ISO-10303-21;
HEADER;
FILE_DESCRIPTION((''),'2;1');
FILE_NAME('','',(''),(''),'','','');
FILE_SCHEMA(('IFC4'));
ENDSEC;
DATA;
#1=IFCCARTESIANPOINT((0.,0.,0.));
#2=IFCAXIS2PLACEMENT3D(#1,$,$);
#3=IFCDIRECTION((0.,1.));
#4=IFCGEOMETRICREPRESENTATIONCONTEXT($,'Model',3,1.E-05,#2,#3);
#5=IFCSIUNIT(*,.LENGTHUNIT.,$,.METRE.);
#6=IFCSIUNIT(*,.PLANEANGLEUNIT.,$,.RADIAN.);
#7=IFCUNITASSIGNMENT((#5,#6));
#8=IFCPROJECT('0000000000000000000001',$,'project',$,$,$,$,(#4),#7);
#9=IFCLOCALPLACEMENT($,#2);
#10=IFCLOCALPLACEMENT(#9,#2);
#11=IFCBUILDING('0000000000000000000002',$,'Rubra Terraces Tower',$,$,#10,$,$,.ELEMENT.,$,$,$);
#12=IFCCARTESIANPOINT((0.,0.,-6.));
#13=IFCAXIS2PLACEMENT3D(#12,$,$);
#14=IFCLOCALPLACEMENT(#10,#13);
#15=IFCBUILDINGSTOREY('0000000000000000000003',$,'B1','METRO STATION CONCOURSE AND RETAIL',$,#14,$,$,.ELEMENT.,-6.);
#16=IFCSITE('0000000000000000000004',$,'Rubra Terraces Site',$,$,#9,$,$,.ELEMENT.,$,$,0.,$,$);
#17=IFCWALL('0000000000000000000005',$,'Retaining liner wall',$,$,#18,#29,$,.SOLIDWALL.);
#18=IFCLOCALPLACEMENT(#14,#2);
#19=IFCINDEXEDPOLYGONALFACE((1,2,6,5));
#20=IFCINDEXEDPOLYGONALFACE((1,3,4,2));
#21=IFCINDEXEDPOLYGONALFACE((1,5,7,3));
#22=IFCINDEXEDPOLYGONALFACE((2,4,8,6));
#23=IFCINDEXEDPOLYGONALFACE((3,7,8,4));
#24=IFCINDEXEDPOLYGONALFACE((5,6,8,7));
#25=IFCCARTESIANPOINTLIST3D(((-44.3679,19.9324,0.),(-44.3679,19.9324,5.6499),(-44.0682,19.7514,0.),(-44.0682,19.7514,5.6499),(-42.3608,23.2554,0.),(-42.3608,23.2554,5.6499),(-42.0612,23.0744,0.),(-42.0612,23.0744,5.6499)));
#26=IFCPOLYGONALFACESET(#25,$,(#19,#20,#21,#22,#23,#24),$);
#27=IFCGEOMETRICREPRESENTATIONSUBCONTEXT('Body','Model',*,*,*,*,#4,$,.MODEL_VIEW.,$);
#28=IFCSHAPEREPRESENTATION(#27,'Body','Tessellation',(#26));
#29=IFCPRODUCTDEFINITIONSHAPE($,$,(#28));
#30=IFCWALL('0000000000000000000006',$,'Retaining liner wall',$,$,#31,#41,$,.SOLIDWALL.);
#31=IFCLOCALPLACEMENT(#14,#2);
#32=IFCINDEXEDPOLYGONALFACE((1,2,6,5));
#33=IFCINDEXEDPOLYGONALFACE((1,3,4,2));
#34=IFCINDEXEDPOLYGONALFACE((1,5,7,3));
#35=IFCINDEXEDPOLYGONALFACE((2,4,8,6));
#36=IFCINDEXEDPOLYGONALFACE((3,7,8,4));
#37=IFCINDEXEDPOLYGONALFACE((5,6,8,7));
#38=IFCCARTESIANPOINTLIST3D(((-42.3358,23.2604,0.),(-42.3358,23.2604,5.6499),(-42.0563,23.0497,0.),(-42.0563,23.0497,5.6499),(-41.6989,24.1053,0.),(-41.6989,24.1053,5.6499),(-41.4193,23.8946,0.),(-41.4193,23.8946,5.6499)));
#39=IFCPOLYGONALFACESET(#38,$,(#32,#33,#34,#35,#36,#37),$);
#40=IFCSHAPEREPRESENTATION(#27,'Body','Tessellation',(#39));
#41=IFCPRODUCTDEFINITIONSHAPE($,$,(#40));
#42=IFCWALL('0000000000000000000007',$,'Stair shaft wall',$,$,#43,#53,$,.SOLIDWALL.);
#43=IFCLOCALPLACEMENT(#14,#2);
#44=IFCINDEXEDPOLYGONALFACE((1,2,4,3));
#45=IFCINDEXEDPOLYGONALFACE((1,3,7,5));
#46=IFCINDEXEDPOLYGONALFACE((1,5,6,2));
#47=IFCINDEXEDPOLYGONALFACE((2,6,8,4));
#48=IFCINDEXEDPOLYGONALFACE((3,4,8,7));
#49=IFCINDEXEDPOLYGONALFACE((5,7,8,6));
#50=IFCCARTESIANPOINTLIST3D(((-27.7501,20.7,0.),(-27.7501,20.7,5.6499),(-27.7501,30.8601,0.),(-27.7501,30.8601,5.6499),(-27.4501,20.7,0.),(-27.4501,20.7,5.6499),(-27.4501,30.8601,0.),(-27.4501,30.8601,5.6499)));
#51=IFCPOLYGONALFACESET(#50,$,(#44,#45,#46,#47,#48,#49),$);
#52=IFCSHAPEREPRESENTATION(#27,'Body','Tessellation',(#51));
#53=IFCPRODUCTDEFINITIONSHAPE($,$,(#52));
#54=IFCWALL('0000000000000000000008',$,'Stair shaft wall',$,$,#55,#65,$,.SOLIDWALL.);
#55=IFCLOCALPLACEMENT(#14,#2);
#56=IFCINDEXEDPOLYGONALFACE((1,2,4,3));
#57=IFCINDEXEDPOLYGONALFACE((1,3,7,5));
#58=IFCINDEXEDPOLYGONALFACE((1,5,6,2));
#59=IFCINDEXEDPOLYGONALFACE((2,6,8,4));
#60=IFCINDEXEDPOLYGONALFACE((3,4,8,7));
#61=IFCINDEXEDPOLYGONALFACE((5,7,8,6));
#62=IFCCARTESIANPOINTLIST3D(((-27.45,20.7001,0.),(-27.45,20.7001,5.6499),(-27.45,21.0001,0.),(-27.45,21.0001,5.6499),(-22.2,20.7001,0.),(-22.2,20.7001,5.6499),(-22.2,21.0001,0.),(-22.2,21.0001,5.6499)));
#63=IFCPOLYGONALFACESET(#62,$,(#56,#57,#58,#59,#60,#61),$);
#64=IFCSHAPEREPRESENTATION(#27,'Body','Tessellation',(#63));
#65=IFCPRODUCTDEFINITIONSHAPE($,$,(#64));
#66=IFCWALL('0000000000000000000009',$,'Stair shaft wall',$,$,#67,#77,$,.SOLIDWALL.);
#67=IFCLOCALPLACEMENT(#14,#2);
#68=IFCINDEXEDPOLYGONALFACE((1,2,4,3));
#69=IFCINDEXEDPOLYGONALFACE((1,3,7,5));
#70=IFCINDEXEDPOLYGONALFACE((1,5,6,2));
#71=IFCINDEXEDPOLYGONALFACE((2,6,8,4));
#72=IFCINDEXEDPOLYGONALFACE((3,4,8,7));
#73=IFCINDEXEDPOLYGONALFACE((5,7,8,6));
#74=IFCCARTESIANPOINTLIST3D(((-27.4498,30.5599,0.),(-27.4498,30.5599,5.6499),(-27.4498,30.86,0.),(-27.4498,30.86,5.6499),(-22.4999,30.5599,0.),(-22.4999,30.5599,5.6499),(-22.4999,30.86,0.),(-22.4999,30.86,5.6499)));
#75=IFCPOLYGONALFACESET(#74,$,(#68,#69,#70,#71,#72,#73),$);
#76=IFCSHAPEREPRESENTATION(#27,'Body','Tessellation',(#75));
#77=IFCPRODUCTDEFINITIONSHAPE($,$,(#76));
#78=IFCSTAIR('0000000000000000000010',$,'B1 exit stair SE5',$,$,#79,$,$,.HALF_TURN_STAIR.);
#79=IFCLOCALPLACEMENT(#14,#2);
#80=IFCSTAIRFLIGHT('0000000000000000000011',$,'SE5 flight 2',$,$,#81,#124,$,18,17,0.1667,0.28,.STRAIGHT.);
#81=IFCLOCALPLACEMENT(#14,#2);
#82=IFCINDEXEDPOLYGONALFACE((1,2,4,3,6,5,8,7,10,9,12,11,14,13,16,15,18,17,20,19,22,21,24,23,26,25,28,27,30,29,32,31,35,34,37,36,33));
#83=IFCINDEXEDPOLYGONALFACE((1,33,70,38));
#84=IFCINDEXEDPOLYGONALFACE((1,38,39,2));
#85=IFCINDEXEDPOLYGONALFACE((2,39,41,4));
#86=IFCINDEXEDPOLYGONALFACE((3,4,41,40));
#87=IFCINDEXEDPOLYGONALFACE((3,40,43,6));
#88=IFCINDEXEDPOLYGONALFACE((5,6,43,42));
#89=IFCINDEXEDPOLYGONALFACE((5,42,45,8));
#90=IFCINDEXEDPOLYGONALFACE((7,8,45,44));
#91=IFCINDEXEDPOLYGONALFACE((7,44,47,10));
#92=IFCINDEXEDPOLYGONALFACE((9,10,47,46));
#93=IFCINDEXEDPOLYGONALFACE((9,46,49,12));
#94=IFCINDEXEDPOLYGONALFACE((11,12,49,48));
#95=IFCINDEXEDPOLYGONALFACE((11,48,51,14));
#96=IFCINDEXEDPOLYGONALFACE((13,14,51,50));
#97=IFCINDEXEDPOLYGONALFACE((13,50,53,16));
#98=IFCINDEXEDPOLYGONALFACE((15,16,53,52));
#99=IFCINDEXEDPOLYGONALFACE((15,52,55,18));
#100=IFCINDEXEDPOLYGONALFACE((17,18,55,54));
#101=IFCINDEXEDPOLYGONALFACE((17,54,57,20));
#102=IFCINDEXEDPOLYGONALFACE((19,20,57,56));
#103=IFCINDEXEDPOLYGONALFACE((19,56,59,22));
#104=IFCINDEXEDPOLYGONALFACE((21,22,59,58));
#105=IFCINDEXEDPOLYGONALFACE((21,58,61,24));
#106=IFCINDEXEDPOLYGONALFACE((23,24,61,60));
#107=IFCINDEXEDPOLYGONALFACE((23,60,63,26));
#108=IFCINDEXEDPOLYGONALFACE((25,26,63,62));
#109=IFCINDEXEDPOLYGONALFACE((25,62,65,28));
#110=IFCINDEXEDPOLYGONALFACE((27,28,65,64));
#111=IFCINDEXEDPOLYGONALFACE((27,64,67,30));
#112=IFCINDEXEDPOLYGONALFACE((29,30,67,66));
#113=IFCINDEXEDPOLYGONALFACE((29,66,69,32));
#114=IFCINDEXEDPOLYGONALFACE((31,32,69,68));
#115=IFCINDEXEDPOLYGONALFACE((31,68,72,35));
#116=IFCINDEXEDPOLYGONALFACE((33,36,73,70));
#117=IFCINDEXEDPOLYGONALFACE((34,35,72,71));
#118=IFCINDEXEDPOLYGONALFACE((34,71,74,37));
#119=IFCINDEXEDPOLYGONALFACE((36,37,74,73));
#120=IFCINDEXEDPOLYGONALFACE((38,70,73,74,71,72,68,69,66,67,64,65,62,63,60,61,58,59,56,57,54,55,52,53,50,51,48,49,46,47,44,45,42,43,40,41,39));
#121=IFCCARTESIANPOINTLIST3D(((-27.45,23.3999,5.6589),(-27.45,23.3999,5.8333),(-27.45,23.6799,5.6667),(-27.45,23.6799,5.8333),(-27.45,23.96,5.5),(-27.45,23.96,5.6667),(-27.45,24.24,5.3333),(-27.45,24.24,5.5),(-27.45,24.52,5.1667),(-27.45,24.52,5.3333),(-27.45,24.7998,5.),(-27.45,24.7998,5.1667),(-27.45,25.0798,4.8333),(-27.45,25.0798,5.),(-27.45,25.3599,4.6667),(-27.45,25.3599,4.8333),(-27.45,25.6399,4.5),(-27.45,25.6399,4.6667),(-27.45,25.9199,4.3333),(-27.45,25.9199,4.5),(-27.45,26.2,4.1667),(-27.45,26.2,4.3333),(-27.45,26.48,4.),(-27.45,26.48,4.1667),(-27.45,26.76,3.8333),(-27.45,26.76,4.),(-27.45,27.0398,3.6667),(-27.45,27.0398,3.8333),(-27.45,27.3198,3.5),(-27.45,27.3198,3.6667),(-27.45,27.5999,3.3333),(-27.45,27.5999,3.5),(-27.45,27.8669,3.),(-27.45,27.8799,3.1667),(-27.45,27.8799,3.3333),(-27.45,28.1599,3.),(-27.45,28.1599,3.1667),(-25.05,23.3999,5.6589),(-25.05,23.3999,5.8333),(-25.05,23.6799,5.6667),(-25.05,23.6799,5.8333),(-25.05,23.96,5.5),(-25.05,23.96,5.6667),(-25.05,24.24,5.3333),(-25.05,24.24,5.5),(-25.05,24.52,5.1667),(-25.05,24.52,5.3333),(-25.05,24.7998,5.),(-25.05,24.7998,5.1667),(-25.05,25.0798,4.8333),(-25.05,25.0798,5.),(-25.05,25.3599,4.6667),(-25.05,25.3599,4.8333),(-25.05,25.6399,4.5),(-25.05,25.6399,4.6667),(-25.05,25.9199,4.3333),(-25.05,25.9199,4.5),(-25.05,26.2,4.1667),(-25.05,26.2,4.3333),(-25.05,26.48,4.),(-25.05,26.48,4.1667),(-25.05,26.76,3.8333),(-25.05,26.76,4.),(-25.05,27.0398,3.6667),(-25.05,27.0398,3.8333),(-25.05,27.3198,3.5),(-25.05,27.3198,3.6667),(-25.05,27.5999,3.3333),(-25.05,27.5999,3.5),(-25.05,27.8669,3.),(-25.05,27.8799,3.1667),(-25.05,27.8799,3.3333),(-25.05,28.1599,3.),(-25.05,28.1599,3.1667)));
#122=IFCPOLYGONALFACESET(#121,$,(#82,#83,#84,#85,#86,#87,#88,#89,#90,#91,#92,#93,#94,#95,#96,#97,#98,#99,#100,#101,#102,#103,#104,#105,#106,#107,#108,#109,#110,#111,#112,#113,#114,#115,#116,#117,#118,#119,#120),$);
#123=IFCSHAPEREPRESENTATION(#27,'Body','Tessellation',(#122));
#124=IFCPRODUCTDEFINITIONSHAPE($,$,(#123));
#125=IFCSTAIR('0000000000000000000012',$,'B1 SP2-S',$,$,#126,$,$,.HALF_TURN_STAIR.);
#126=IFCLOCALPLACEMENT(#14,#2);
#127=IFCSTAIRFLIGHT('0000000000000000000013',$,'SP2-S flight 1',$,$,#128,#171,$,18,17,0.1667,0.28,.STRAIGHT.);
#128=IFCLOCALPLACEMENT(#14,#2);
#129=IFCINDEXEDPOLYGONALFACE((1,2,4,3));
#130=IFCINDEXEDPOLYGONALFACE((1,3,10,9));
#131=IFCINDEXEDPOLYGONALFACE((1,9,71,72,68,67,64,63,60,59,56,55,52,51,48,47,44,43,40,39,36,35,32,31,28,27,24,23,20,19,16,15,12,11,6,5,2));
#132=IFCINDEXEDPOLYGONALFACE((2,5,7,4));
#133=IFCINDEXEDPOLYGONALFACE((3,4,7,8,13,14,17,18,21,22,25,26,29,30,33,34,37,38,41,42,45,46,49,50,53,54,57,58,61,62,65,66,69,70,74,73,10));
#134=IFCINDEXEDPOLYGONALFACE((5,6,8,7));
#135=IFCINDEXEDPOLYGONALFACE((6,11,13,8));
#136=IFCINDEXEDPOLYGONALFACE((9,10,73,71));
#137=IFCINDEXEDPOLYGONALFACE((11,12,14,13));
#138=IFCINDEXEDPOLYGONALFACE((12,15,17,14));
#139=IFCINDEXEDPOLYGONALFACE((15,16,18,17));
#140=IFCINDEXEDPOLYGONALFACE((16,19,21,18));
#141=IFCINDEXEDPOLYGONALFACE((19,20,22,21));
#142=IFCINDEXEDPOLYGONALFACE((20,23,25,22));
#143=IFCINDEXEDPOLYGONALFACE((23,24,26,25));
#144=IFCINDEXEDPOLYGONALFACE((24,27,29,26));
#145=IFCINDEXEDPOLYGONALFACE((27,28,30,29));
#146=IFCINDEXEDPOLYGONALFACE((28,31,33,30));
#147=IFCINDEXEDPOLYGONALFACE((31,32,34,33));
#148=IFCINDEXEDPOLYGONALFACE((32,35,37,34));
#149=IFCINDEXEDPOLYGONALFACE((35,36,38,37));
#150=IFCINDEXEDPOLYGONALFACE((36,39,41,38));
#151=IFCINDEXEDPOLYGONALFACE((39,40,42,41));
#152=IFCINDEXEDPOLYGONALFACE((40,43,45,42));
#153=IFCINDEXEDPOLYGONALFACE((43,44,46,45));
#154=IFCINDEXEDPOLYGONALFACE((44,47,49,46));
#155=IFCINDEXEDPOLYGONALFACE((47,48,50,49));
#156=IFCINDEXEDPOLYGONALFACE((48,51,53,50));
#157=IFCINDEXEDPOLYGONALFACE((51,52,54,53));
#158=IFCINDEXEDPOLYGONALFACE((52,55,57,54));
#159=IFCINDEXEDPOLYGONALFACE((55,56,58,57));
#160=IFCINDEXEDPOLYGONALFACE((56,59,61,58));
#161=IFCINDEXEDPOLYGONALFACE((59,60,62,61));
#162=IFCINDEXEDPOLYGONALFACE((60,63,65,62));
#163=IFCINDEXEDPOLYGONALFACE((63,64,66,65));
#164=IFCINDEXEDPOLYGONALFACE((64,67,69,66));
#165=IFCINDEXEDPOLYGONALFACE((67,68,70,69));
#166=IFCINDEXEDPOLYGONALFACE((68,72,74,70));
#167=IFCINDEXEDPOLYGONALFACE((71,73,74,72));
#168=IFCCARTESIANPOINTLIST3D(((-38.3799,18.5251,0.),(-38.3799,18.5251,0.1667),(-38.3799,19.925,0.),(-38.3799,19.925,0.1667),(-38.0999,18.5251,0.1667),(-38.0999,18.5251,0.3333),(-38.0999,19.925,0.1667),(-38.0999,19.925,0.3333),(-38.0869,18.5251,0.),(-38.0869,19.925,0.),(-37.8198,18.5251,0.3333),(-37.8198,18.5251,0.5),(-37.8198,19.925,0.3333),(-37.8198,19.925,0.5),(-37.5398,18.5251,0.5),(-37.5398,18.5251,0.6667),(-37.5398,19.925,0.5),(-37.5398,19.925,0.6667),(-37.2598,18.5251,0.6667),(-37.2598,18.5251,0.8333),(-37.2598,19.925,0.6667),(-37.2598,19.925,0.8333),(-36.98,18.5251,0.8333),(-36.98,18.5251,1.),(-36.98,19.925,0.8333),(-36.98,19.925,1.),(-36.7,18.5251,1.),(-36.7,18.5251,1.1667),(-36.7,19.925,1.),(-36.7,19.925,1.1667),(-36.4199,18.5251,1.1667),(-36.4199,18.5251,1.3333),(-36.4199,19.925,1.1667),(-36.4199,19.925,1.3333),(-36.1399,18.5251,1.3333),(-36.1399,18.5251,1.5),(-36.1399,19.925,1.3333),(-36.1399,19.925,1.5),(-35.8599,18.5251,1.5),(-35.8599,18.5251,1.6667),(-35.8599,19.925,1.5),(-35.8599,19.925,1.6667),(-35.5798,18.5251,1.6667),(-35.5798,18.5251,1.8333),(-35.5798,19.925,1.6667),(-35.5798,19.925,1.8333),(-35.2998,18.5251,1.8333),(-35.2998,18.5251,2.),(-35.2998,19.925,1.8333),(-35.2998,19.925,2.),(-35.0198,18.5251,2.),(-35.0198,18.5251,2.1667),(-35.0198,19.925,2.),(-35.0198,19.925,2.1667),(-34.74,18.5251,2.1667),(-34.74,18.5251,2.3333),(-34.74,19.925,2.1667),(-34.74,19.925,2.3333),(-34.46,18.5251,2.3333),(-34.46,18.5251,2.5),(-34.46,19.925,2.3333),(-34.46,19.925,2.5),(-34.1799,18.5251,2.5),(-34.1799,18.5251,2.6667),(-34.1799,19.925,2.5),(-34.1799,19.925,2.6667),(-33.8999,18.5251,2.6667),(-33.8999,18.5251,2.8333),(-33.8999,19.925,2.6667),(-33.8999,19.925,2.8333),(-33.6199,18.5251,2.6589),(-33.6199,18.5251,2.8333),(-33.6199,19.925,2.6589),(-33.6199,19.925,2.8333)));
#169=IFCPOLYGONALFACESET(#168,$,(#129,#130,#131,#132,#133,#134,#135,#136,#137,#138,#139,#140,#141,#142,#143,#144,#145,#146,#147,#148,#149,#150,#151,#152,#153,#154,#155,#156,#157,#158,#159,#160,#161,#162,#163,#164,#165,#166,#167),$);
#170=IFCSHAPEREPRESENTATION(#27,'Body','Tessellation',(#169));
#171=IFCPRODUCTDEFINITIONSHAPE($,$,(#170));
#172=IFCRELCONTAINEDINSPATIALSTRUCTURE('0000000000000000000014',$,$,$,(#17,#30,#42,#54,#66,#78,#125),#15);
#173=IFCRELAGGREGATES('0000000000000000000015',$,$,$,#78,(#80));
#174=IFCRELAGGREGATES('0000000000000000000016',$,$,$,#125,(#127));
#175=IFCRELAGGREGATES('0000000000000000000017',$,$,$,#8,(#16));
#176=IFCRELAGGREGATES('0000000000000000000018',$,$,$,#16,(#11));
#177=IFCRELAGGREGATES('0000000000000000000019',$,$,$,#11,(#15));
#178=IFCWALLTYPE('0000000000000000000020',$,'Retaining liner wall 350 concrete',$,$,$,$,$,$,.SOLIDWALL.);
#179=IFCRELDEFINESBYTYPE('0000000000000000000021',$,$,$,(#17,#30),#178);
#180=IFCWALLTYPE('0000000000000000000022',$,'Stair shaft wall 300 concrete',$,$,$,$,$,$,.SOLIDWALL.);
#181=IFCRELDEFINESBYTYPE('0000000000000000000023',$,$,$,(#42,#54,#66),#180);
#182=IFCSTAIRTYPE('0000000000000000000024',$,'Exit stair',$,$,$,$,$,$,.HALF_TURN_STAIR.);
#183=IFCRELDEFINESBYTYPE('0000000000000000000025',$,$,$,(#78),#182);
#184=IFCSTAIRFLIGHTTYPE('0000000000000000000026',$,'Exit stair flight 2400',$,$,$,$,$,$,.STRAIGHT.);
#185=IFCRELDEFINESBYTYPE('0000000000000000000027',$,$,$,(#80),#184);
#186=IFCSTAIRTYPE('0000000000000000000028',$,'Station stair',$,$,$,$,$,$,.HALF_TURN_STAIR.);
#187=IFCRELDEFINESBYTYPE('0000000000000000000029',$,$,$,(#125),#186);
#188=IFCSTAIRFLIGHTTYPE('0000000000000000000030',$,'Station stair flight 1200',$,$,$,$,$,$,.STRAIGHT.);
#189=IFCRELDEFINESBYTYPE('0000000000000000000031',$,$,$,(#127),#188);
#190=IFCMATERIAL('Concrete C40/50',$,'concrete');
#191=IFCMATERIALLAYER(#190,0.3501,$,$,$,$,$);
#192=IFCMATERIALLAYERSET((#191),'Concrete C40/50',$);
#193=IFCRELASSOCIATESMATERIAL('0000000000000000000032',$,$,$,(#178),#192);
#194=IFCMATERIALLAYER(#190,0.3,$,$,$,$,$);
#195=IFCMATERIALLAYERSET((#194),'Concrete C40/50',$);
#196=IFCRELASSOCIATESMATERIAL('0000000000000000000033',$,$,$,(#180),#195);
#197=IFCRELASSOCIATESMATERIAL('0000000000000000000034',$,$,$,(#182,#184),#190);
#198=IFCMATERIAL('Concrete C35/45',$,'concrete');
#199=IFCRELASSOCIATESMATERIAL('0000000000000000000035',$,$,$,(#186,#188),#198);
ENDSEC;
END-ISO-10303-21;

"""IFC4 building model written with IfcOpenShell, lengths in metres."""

from ifc_helpers import new_model, si_unit, direction, frame, frame_2d, origin, place, context, subcontext, project, spatial, polyline, rectangle, outline, extrude, material, layer, layer_set, type_object, element, aggregate, save


model = new_model("IFC4")

# Units and contexts
model_context = context("Model", 3, precision=1e-05, world=origin(), true_north=direction((0.0, 1.0)))
body_context = subcontext(model_context, "Body", "Model", "MODEL_VIEW")
ifc_project = project(units=[si_unit("LENGTHUNIT", "METRE"), si_unit("PLANEANGLEUNIT", "RADIAN")], contexts=[model_context])

# Site, building, storey
site_placement = place(None, origin())
site = spatial("IfcSite", under=ifc_project, at=site_placement, Name="Rubra Terraces Site", CompositionType="ELEMENT", RefElevation=0.0)
building_placement = place(site_placement, origin())
building = spatial("IfcBuilding", under=site, at=building_placement, Name="Rubra Terraces Tower", CompositionType="ELEMENT")
storey_placement = place(building_placement, frame((0.0, 0.0, -6.0)))
storey = spatial("IfcBuildingStorey", under=building, at=storey_placement, Name="B1", Description="METRO STATION CONCOURSE AND RETAIL", CompositionType="ELEMENT", Elevation=-6.0)

# Shared definitions
ifc_material_1 = material(Name="Concrete C40/50", Category="concrete")

# Walls
ifc_layer_1 = layer(ifc_material_1, 0.3501)
ifc_layer_set_1 = layer_set([ifc_layer_1], Name="Concrete C40/50")
wall_type_1 = type_object("IfcWallType", Name="Retaining liner wall 350 concrete", PredefinedType="SOLIDWALL", material=ifc_layer_set_1)
wall_1_placement = place(storey_placement, frame((-44.218, 19.842, 0.0), z_axis=(0.0, 0.0, 1.0), x_axis=(0.517009, 0.85598, 0.0)))
element("IfcWall", 1, at=wall_1_placement, inside=storey, type_object=wall_type_1, Name="Retaining liner wall", PredefinedType="SOLIDWALL", context=body_context, shape_type="SweptSolid", body=[
    extrude(rectangle(XDim=3.8821, YDim=0.3501, at=frame_2d((1.9409, 0.0))), origin(), (0.0, 0.0, 1.0), 5.6499),
])
wall_2_placement = place(storey_placement, frame((-42.196, 23.155, 0.0), z_axis=(0.0, 0.0, 1.0), x_axis=(0.601955, 0.79853, 0.0)))
element("IfcWall", 2, at=wall_2_placement, inside=storey, type_object=wall_type_1, Name="Retaining liner wall", PredefinedType="SOLIDWALL", context=body_context, shape_type="SweptSolid", body=[
    extrude(rectangle(XDim=1.0581, YDim=0.3501, at=frame_2d((0.5291, 0.0))), origin(), (0.0, 0.0, 1.0), 5.6499),
])
ifc_layer_2 = layer(ifc_material_1, 0.3)
ifc_layer_set_2 = layer_set([ifc_layer_2], Name="Concrete C40/50")
wall_type_2 = type_object("IfcWallType", Name="Stair shaft wall 300 concrete", PredefinedType="SOLIDWALL", material=ifc_layer_set_2)
wall_3_placement = place(storey_placement, frame((-27.6001, 30.8601, 0.0), z_axis=(0.0, 0.0, 1.0), x_axis=(0.0, -1.0, 0.0)))
element("IfcWall", 3, at=wall_3_placement, inside=storey, type_object=wall_type_2, Name="Stair shaft wall", PredefinedType="SOLIDWALL", context=body_context, shape_type="SweptSolid", body=[
    extrude(rectangle(XDim=10.1602, YDim=0.3, at=frame_2d((5.0801, 0.0))), origin(), (0.0, 0.0, 1.0), 5.6499),
])
wall_4_placement = place(storey_placement, frame((-27.45, 20.8501, 0.0), z_axis=(0.0, 0.0, 1.0), x_axis=(1.0, 0.0, 0.0)))
element("IfcWall", 4, at=wall_4_placement, inside=storey, type_object=wall_type_2, Name="Stair shaft wall", PredefinedType="SOLIDWALL", context=body_context, shape_type="SweptSolid", body=[
    extrude(rectangle(XDim=5.25, YDim=0.3, at=frame_2d((2.625, 0.0))), origin(), (0.0, 0.0, 1.0), 5.6499),
])
wall_5_placement = place(storey_placement, frame((-27.45, 30.71, 0.0), z_axis=(0.0, 0.0, 1.0), x_axis=(1.0, 0.0, 0.0)))
element("IfcWall", 5, at=wall_5_placement, inside=storey, type_object=wall_type_2, Name="Stair shaft wall", PredefinedType="SOLIDWALL", context=body_context, shape_type="SweptSolid", body=[
    extrude(rectangle(XDim=4.95, YDim=0.3, at=frame_2d((2.4751, 0.0))), origin(), (0.0, 0.0, 1.0), 5.6499),
])

# Stair, stair flight
stair_type_1 = type_object("IfcStairType", Name="Exit stair", PredefinedType="HALF_TURN_STAIR", material=ifc_material_1)
stair_1_placement = place(storey_placement, origin())
stair_1 = element("IfcStair", 6, at=stair_1_placement, inside=storey, type_object=stair_type_1, Name="B1 exit stair SE5", PredefinedType="HALF_TURN_STAIR")
stair_flight_type_1 = type_object("IfcStairFlightType", Name="Exit stair flight 2400", PredefinedType="STRAIGHT", material=ifc_material_1)
stair_flight_1_placement = place(storey_placement, frame((-26.25, 28.1599, 3.0), z_axis=(0.0, 0.0, 1.0), x_axis=(0.0, -1.0, 0.0)))
stair_flight_1 = element("IfcStairFlight", 7, at=stair_flight_1_placement, type_object=stair_flight_type_1, Name="SE5 flight 2", NumberOfRisers=18, NumberOfTreads=17, PredefinedType="STRAIGHT", RiserHeight=0.1667, TreadLength=0.28, context=body_context, shape_type="SweptSolid", body=[
    extrude(outline(polyline([(0.0, 0.0), (0.0, 0.1667), (0.28, 0.1667), (0.28, 0.3333), (0.5601, 0.3333), (0.5601, 0.5), (0.8401, 0.5), (0.8401, 0.6667), (1.1201, 0.6667), (1.1201, 0.8333), (1.3999, 0.8333), (1.3999, 1.0), (1.6799, 1.0), (1.6799, 1.1667), (1.96, 1.1667), (1.96, 1.3333), (2.24, 1.3333), (2.24, 1.5), (2.52, 1.5), (2.52, 1.6667), (2.8, 1.6667), (2.8, 1.8333), (3.0801, 1.8333), (3.0801, 2.0), (3.3601, 2.0), (3.3601, 2.1667), (3.6399, 2.1667), (3.6399, 2.3333), (3.9199, 2.3333), (3.9199, 2.5), (4.2, 2.5), (4.2, 2.6667), (4.48, 2.6667), (4.48, 2.8333), (4.76, 2.8333), (4.76, 3.0), (4.76, 2.6589), (0.293, 0.0), (0.0, 0.0)])), frame((0.0, 1.2, 0.0), z_axis=(0.0, -1.0, 0.0), x_axis=(1.0, 0.0, 0.0)), (0.0, 0.0, 1.0), 2.3999),
])
aggregate(stair_1, [stair_flight_1])

# Stair, stair flight
ifc_material_2 = material(Name="Concrete C35/45", Category="concrete")
stair_type_2 = type_object("IfcStairType", Name="Station stair", PredefinedType="HALF_TURN_STAIR", material=ifc_material_2)
stair_2_placement = place(storey_placement, origin())
stair_2 = element("IfcStair", 8, at=stair_2_placement, inside=storey, type_object=stair_type_2, Name="B1 SP2-S", PredefinedType="HALF_TURN_STAIR")
stair_flight_type_2 = type_object("IfcStairFlightType", Name="Station stair flight 1200", PredefinedType="STRAIGHT", material=ifc_material_2)
stair_flight_2_placement = place(storey_placement, frame((-38.3799, 19.2251, 0.0), z_axis=(0.0, 0.0, 1.0), x_axis=(1.0, 0.0, 0.0)))
stair_flight_2 = element("IfcStairFlight", 9, at=stair_flight_2_placement, type_object=stair_flight_type_2, Name="SP2-S flight 1", NumberOfRisers=18, NumberOfTreads=17, PredefinedType="STRAIGHT", RiserHeight=0.1667, TreadLength=0.28, context=body_context, shape_type="SweptSolid", body=[
    extrude(outline(polyline([(0.0, 0.0), (0.0, 0.1667), (0.28, 0.1667), (0.28, 0.3333), (0.5601, 0.3333), (0.5601, 0.5), (0.8401, 0.5), (0.8401, 0.6667), (1.1201, 0.6667), (1.1201, 0.8333), (1.3999, 0.8333), (1.3999, 1.0), (1.6799, 1.0), (1.6799, 1.1667), (1.96, 1.1667), (1.96, 1.3333), (2.24, 1.3333), (2.24, 1.5), (2.52, 1.5), (2.52, 1.6667), (2.8, 1.6667), (2.8, 1.8333), (3.0801, 1.8333), (3.0801, 2.0), (3.3601, 2.0), (3.3601, 2.1667), (3.6399, 2.1667), (3.6399, 2.3333), (3.9199, 2.3333), (3.9199, 2.5), (4.2, 2.5), (4.2, 2.6667), (4.48, 2.6667), (4.48, 2.8333), (4.76, 2.8333), (4.76, 3.0), (4.76, 2.6589), (0.293, 0.0), (0.0, 0.0)])), frame((0.0, 0.7, 0.0), z_axis=(0.0, -1.0, 0.0), x_axis=(1.0, 0.0, 0.0)), (0.0, 0.0, 1.0), 1.3999),
])
aggregate(stair_2, [stair_flight_2])

save(model, "model.ifc")
